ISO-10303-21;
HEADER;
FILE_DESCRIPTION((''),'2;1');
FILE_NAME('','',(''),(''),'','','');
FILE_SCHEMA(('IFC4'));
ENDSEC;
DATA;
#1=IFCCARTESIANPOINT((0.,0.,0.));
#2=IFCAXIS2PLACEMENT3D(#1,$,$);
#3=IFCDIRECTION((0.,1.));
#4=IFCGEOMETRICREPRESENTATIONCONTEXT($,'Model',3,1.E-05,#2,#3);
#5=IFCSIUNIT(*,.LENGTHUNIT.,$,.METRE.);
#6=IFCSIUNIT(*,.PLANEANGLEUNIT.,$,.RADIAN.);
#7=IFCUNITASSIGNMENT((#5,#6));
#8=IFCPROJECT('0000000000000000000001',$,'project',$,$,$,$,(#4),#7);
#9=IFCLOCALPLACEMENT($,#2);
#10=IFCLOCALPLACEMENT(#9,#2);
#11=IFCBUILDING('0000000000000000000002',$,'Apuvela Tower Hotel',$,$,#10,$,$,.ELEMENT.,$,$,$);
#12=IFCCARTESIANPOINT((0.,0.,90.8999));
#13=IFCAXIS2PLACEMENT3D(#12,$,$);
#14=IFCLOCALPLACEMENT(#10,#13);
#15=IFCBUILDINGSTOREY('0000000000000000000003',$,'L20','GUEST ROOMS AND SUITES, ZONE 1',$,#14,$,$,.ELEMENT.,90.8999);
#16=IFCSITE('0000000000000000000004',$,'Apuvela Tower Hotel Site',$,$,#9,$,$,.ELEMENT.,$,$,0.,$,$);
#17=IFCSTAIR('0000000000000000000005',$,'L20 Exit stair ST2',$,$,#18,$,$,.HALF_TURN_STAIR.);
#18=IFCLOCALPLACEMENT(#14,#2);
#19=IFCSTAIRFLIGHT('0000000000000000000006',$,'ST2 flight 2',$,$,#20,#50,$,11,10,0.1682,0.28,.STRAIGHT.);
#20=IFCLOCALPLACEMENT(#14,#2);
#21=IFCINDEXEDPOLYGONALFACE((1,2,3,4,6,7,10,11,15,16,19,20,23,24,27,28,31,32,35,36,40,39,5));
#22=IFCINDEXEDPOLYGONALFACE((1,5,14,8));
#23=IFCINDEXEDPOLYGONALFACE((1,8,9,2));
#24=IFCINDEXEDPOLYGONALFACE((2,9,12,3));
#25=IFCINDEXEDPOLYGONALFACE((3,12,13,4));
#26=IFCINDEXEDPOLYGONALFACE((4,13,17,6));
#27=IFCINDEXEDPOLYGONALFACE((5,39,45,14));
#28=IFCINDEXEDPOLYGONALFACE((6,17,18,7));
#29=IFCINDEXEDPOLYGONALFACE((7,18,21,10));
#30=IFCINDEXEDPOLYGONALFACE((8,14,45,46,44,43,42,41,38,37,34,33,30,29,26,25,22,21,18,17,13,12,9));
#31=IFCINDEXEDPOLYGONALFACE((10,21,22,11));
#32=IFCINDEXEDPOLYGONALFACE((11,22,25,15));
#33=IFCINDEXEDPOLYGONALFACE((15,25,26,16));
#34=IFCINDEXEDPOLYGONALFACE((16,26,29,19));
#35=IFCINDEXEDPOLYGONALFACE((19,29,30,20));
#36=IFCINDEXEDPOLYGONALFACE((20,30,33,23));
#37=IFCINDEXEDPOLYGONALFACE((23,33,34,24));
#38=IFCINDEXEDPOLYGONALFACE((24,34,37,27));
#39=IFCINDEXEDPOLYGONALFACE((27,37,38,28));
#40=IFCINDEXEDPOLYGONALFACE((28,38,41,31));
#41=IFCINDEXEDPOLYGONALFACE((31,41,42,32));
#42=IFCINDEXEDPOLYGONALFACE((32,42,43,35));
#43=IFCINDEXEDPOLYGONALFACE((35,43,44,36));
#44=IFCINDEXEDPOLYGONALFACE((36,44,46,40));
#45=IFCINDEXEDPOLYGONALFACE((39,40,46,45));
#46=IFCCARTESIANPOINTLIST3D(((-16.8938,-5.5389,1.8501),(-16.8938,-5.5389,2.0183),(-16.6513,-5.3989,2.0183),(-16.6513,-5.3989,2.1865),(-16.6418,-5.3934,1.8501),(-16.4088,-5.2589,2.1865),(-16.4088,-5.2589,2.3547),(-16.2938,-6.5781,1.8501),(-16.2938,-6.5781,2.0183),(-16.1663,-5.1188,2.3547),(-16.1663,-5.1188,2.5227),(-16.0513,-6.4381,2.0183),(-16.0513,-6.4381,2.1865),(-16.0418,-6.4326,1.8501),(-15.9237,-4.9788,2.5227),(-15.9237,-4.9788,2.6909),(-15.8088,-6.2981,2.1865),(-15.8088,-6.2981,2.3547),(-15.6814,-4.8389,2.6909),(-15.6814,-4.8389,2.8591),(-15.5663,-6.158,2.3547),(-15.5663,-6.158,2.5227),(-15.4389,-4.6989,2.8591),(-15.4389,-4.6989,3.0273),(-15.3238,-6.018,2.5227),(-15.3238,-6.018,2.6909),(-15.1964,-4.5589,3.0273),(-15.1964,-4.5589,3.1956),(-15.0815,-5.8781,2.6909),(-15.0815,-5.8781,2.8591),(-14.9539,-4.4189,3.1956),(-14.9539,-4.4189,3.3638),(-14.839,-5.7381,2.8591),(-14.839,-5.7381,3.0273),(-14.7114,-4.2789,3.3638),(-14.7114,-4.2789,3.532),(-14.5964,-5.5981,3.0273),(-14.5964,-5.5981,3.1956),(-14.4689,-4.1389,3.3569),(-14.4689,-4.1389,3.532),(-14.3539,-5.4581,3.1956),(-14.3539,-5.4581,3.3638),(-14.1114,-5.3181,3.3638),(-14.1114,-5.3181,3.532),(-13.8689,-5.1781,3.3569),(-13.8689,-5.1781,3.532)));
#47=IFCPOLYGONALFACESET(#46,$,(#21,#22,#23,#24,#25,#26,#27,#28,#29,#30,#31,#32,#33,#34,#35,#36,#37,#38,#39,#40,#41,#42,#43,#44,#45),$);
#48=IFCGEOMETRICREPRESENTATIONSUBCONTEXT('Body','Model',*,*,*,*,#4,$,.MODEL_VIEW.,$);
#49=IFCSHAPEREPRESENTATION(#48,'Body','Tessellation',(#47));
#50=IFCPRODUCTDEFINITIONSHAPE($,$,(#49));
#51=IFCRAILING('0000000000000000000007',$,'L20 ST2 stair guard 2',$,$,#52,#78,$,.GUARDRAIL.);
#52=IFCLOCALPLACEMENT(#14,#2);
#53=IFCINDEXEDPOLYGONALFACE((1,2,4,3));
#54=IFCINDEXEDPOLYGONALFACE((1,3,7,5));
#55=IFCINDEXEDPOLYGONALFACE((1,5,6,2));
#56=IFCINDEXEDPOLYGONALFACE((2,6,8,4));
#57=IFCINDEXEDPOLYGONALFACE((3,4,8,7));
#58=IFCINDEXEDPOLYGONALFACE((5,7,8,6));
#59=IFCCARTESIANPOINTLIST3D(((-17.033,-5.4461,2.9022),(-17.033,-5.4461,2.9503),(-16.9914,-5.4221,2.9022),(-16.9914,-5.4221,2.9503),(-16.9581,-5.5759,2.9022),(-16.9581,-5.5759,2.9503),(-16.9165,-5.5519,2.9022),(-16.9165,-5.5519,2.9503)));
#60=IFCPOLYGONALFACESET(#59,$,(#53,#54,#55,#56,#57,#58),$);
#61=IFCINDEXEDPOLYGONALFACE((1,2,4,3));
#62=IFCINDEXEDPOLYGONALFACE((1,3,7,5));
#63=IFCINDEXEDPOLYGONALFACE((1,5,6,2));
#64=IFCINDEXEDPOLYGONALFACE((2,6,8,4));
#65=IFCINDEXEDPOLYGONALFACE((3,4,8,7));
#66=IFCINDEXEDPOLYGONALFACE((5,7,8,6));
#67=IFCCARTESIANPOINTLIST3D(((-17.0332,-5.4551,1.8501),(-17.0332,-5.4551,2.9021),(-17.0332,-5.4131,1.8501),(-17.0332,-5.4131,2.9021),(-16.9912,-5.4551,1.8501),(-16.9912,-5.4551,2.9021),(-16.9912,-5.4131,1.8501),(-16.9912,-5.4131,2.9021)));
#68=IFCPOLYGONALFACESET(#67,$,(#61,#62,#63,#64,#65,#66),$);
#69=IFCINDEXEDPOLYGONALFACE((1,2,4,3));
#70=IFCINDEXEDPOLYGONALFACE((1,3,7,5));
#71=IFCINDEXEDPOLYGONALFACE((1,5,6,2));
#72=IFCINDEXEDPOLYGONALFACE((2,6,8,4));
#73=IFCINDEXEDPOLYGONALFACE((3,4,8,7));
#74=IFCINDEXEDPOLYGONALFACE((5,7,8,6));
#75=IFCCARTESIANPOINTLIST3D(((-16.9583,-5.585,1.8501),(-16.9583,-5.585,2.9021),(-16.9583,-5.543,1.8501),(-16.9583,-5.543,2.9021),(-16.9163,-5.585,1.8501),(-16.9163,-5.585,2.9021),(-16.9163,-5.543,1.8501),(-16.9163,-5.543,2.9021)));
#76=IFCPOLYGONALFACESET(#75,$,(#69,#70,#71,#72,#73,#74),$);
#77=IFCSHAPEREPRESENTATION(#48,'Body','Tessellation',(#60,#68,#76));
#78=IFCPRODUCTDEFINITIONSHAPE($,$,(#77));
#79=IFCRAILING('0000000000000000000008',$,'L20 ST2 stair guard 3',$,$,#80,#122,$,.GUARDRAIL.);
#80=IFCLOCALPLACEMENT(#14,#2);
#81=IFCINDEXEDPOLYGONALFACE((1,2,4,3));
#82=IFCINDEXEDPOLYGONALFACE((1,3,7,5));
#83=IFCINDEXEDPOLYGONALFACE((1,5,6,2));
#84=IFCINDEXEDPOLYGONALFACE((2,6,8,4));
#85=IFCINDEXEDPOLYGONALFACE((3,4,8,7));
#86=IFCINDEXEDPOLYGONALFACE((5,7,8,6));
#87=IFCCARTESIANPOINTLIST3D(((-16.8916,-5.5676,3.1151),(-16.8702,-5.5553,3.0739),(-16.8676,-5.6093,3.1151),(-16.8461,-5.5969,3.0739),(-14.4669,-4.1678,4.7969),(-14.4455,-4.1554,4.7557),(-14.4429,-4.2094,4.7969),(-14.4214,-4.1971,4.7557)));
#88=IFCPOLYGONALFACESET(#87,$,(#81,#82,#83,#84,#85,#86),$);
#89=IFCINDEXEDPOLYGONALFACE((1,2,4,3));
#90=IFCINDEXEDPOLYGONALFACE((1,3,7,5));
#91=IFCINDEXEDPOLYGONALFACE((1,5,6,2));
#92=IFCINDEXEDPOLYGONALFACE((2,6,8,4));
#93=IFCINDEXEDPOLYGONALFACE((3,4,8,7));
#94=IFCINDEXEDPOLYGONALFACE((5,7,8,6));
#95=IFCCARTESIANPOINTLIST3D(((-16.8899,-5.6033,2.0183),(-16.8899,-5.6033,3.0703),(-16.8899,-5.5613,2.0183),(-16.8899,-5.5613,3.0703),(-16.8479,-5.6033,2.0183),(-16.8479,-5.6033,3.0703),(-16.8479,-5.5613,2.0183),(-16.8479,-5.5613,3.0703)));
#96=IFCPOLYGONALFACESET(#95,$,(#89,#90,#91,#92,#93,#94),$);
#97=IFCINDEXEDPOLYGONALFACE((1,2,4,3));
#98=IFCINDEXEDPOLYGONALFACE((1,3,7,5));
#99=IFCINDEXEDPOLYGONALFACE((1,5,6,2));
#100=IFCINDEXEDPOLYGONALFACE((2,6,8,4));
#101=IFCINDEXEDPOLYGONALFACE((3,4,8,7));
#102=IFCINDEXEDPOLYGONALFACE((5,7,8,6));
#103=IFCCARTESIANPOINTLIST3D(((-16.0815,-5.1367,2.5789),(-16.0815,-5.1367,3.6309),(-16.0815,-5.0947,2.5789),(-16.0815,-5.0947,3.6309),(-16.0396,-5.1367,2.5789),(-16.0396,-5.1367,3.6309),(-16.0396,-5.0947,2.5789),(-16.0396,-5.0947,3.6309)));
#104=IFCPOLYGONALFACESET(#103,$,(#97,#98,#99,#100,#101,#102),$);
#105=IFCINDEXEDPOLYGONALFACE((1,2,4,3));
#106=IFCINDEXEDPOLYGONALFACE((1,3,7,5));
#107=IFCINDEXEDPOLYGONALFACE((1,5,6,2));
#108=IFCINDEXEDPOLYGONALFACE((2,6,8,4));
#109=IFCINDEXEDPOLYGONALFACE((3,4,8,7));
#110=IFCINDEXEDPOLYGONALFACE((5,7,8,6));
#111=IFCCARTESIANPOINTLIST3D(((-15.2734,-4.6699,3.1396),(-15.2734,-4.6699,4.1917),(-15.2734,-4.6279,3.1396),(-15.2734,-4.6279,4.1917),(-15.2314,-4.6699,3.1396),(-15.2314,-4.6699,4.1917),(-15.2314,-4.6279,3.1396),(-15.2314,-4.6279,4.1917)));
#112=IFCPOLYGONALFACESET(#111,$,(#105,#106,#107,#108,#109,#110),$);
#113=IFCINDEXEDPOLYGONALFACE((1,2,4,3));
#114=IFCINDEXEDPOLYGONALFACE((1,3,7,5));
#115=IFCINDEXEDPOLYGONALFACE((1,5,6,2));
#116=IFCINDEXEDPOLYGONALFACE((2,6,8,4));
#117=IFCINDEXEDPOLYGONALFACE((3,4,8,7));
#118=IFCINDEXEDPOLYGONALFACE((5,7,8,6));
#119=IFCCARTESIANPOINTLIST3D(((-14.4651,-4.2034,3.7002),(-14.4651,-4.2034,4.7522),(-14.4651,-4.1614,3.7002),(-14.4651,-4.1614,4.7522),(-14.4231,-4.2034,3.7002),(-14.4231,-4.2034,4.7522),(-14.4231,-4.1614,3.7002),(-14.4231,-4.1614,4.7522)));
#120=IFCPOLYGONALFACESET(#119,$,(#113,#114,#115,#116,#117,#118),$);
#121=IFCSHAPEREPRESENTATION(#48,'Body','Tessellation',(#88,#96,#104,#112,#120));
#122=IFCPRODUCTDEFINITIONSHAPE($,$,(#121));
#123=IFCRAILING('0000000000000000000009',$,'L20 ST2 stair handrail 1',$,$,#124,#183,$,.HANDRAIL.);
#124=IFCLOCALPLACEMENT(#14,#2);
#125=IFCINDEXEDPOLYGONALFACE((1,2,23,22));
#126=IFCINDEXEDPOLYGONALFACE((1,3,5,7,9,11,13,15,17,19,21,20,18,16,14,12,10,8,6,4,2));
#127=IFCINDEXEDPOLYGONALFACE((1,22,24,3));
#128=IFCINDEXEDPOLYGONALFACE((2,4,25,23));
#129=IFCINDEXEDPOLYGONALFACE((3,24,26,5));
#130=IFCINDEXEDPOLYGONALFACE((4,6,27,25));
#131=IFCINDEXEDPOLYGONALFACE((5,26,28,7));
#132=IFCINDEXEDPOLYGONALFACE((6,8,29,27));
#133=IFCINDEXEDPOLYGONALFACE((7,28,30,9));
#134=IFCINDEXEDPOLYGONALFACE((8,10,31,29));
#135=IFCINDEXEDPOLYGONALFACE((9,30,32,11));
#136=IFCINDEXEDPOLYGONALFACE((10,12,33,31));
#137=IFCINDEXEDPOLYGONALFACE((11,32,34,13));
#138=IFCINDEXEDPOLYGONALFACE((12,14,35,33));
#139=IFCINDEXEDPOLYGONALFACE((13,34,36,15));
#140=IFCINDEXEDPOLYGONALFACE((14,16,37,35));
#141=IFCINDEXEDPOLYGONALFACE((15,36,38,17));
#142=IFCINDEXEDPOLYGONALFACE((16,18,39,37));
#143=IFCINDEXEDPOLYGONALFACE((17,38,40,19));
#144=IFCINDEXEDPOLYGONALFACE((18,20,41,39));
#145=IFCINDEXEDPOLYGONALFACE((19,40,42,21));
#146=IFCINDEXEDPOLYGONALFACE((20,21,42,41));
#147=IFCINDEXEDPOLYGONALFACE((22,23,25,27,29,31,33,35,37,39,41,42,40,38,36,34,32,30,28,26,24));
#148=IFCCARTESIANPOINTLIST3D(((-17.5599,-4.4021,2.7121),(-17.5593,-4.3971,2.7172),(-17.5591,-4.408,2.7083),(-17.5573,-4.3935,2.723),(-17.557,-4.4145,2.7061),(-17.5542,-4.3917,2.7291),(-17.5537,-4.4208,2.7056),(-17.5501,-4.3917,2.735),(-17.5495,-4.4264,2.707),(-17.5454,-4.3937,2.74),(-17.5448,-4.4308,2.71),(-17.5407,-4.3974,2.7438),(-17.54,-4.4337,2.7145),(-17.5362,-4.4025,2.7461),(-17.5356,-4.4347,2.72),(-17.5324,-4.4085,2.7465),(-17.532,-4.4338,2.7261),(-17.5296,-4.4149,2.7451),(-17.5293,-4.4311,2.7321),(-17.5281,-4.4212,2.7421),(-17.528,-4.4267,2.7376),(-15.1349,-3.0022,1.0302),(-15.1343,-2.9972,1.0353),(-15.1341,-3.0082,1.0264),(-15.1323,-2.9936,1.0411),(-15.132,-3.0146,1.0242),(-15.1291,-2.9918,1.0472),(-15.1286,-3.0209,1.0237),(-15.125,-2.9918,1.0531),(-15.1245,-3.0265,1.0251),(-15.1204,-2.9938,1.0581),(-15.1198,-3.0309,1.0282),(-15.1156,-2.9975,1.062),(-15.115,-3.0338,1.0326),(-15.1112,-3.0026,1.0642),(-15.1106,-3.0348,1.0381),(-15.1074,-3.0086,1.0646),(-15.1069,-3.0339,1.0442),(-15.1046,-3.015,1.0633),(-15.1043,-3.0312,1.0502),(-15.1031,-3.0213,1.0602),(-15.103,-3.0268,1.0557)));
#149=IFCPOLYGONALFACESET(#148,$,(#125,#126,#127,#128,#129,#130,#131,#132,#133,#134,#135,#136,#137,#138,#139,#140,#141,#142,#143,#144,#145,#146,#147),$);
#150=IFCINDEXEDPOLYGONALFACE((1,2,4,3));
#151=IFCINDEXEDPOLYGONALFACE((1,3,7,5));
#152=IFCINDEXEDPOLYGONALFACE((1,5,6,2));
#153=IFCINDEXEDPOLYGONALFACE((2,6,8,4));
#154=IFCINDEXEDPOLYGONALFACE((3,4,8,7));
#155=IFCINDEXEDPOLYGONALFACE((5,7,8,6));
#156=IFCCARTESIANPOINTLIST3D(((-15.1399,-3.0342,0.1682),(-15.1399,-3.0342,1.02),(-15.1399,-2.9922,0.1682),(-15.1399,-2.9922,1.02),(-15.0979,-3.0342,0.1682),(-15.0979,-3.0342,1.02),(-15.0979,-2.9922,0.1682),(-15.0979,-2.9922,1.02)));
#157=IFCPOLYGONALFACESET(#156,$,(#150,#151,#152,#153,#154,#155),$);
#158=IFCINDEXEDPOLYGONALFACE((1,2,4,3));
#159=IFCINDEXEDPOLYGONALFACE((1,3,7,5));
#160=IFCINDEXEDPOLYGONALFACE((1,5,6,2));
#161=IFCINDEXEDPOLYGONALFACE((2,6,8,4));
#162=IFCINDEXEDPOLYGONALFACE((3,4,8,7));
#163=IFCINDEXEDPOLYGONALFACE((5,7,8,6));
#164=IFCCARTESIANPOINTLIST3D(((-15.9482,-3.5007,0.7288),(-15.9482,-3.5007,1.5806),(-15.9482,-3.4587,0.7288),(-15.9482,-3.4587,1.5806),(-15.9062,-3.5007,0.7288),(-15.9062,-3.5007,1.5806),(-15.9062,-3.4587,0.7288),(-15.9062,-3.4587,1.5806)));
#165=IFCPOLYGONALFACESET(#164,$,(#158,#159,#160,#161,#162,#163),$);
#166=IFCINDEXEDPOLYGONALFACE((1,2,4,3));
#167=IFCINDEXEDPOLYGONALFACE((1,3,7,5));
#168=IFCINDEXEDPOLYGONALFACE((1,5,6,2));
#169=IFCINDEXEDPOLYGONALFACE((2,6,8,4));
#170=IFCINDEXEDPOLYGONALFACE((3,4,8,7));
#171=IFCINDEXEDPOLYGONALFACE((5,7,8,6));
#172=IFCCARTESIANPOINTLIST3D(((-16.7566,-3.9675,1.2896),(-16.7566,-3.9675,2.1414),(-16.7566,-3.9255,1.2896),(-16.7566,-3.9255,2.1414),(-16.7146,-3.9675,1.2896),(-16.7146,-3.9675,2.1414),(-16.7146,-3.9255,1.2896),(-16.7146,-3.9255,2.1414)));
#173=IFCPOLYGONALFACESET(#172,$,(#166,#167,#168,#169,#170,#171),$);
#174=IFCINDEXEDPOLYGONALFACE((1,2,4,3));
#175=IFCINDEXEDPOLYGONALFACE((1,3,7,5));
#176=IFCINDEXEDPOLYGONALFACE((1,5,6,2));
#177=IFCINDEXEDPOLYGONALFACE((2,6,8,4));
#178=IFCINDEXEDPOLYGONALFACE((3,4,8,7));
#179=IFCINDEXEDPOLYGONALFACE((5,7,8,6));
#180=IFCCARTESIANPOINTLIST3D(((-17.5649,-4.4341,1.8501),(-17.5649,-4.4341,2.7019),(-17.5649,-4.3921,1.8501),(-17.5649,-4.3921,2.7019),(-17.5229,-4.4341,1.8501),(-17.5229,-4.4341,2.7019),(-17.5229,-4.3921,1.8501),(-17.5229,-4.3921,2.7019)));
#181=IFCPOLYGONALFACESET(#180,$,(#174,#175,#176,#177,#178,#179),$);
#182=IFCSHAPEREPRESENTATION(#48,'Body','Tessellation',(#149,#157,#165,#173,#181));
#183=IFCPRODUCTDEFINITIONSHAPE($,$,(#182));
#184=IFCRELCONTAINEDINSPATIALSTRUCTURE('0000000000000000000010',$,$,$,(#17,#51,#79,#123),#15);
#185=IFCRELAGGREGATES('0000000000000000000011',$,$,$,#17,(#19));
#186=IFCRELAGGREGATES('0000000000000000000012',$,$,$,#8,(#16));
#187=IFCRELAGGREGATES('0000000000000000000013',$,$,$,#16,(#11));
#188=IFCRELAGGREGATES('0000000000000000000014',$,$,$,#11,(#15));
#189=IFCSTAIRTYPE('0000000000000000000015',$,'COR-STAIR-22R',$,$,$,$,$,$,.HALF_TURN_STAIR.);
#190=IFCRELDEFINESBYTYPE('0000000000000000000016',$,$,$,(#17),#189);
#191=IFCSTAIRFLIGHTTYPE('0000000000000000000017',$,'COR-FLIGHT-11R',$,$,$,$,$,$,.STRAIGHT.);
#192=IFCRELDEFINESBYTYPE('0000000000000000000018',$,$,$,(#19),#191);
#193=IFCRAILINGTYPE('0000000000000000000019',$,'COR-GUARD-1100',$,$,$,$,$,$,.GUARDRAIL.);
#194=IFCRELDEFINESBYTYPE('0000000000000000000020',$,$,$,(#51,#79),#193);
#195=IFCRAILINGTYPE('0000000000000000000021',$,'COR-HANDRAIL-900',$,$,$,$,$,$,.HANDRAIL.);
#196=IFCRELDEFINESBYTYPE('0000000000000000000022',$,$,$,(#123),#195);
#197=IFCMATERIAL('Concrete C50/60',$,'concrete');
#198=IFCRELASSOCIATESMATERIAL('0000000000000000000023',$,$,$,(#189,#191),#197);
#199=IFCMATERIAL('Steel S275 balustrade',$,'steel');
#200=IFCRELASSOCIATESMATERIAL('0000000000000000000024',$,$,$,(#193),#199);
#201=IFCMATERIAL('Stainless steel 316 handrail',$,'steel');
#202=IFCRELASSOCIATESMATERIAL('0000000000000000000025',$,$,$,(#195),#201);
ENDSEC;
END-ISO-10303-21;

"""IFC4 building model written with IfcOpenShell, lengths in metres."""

from ifc_helpers import new_model, si_unit, direction, frame, origin, origin_2d, place, context, subcontext, project, spatial, polyline, rectangle, circle, outline, extrude, material, type_object, element, aggregate, save


model = new_model("IFC4")

# Units and contexts
model_context = context("Model", 3, precision=1e-05, world=origin(), true_north=direction((0.0, 1.0)))
body_context = subcontext(model_context, "Body", "Model", "MODEL_VIEW")
ifc_project = project(units=[si_unit("LENGTHUNIT", "METRE"), si_unit("PLANEANGLEUNIT", "RADIAN")], contexts=[model_context])

# Site, building, storey
site_placement = place(None, origin())
site = spatial("IfcSite", under=ifc_project, at=site_placement, Name="Apuvela Tower Hotel Site", CompositionType="ELEMENT", RefElevation=0.0)
building_placement = place(site_placement, origin())
building = spatial("IfcBuilding", under=site, at=building_placement, Name="Apuvela Tower Hotel", CompositionType="ELEMENT")
storey_placement = place(building_placement, frame((0.0, 0.0, 90.8999)))
storey = spatial("IfcBuildingStorey", under=building, at=storey_placement, Name="L20", Description="GUEST ROOMS AND SUITES, ZONE 1", CompositionType="ELEMENT", Elevation=90.8999)

# Shared definitions
ifc_material_1 = material(Name="Concrete C50/60", Category="concrete")

# Stair, stair flight
stair_type = type_object("IfcStairType", Name="COR-STAIR-22R", PredefinedType="HALF_TURN_STAIR", material=ifc_material_1)
stair_placement = place(storey_placement, origin())
stair = element("IfcStair", 1, at=stair_placement, inside=storey, type_object=stair_type, Name="L20 Exit stair ST2", PredefinedType="HALF_TURN_STAIR")
stair_flight_type = type_object("IfcStairFlightType", Name="COR-FLIGHT-11R", PredefinedType="STRAIGHT", material=ifc_material_1)
stair_flight_placement = place(storey_placement, frame((-16.5938, -6.0586, 1.8501), z_axis=(0.0, 0.0, 1.0), x_axis=(0.866025, 0.5, 0.0)))
stair_flight = element("IfcStairFlight", 2, at=stair_flight_placement, type_object=stair_flight_type, Name="ST2 flight 2", NumberOfRisers=11, NumberOfTreads=10, PredefinedType="STRAIGHT", RiserHeight=0.1682, TreadLength=0.28, context=body_context, shape_type="SweptSolid", body=[
    extrude(outline(polyline([(0.0, 0.0), (0.0, 0.1682), (0.28, 0.1682), (0.28, 0.3364), (0.5601, 0.3364), (0.5601, 0.5046), (0.8401, 0.5046), (0.8401, 0.6726), (1.1201, 0.6726), (1.1201, 0.8408), (1.3999, 0.8408), (1.3999, 1.009), (1.6799, 1.009), (1.6799, 1.1772), (1.96, 1.1772), (1.96, 1.3455), (2.24, 1.3455), (2.24, 1.5137), (2.52, 1.5137), (2.52, 1.6819), (2.8, 1.6819), (2.8, 1.8501), (2.8, 1.5068), (0.291, 0.0), (0.0, 0.0)])), frame((0.0, 0.6001, 0.0), z_axis=(0.0, -1.0, 0.0), x_axis=(1.0, 0.0, 0.0)), (0.0, 0.0, 1.0), 1.2),
])
aggregate(stair, [stair_flight])

# Railings
ifc_material_2 = material(Name="Steel S275 balustrade", Category="steel")
railing_type_1 = type_object("IfcRailingType", Name="COR-GUARD-1100", PredefinedType="GUARDRAIL", material=ifc_material_2)
railing_1_placement = place(storey_placement, frame((-17.0122, -5.4341, 1.8501)))
element("IfcRailing", 3, at=railing_1_placement, inside=storey, type_object=railing_type_1, Name="L20 ST2 stair guard 2", PredefinedType="GUARDRAIL", context=body_context, shape_type="SweptSolid", body=[
    extrude(rectangle(XDim=0.0481, YDim=0.0481, at=origin_2d()), frame((0.0, 0.0, 1.0762), z_axis=(0.499816, -0.866131, 0.0), x_axis=(0.866131, 0.499816, 0.0)), (0.0, 0.0, 1.0), 0.1499),
    extrude(rectangle(XDim=0.042, YDim=0.042, at=origin_2d()), origin(), (0.0, 0.0, 1.0), 1.052),
    extrude(rectangle(XDim=0.042, YDim=0.042, at=origin_2d()), frame((0.075, -0.1299, 0.0)), (0.0, 0.0, 1.0), 1.052),
])
railing_2_placement = place(storey_placement, frame((-16.8689, -5.5823, 2.0183)))
element("IfcRailing", 4, at=railing_2_placement, inside=storey, type_object=railing_type_1, Name="L20 ST2 stair guard 3", PredefinedType="GUARDRAIL", context=body_context, shape_type="SweptSolid", body=[
    extrude(rectangle(XDim=0.0481, YDim=0.0481, at=origin_2d()), frame((0.0, 0.0, 1.0762), z_axis=(0.74239, 0.428601, 0.514934), x_axis=(-0.499984, 0.866035, 0.0)), (0.0, 0.0, 1.0), 3.2661),
    extrude(rectangle(XDim=0.042, YDim=0.042, at=origin_2d()), origin(), (0.0, 0.0, 1.0), 1.052),
    extrude(rectangle(XDim=0.042, YDim=0.042, at=origin_2d()), frame((0.8083, 0.4666, 0.5605)), (0.0, 0.0, 1.0), 1.052),
    extrude(rectangle(XDim=0.042, YDim=0.042, at=origin_2d()), frame((1.6165, 0.9333, 1.1213)), (0.0, 0.0, 1.0), 1.052),
    extrude(rectangle(XDim=0.042, YDim=0.042, at=origin_2d()), frame((2.4248, 1.3999, 1.6819)), (0.0, 0.0, 1.0), 1.052),
])
ifc_material_3 = material(Name="Stainless steel 316 handrail", Category="steel")
railing_type_2 = type_object("IfcRailingType", Name="COR-HANDRAIL-900", PredefinedType="HANDRAIL", material=ifc_material_3)
railing_3_placement = place(storey_placement, frame((-15.1189, -3.0132, 0.1682)))
element("IfcRailing", 5, at=railing_3_placement, inside=storey, type_object=railing_type_2, Name="L20 ST2 stair handrail 1", PredefinedType="HANDRAIL", context=body_context, shape_type="SweptSolid", body=[
    extrude(circle(Radius=0.0239, at=origin_2d()), frame((0.0, 0.0, 0.876), z_axis=(-0.742424, -0.428577, 0.514906), x_axis=(0.499946, -0.866056, 0.0)), (0.0, 0.0, 1.0), 3.2664),
    extrude(rectangle(XDim=0.042, YDim=0.042, at=origin_2d()), origin(), (0.0, 0.0, 1.0), 0.8518),
    extrude(rectangle(XDim=0.042, YDim=0.042, at=origin_2d()), frame((-0.8083, -0.4666, 0.5605)), (0.0, 0.0, 1.0), 0.8518),
    extrude(rectangle(XDim=0.042, YDim=0.042, at=origin_2d()), frame((-1.6167, -0.9333, 1.1213)), (0.0, 0.0, 1.0), 0.8518),
    extrude(rectangle(XDim=0.042, YDim=0.042, at=origin_2d()), frame((-2.425, -1.3999, 1.6819)), (0.0, 0.0, 1.0), 0.8518),
])

save(model, "model.ifc")
